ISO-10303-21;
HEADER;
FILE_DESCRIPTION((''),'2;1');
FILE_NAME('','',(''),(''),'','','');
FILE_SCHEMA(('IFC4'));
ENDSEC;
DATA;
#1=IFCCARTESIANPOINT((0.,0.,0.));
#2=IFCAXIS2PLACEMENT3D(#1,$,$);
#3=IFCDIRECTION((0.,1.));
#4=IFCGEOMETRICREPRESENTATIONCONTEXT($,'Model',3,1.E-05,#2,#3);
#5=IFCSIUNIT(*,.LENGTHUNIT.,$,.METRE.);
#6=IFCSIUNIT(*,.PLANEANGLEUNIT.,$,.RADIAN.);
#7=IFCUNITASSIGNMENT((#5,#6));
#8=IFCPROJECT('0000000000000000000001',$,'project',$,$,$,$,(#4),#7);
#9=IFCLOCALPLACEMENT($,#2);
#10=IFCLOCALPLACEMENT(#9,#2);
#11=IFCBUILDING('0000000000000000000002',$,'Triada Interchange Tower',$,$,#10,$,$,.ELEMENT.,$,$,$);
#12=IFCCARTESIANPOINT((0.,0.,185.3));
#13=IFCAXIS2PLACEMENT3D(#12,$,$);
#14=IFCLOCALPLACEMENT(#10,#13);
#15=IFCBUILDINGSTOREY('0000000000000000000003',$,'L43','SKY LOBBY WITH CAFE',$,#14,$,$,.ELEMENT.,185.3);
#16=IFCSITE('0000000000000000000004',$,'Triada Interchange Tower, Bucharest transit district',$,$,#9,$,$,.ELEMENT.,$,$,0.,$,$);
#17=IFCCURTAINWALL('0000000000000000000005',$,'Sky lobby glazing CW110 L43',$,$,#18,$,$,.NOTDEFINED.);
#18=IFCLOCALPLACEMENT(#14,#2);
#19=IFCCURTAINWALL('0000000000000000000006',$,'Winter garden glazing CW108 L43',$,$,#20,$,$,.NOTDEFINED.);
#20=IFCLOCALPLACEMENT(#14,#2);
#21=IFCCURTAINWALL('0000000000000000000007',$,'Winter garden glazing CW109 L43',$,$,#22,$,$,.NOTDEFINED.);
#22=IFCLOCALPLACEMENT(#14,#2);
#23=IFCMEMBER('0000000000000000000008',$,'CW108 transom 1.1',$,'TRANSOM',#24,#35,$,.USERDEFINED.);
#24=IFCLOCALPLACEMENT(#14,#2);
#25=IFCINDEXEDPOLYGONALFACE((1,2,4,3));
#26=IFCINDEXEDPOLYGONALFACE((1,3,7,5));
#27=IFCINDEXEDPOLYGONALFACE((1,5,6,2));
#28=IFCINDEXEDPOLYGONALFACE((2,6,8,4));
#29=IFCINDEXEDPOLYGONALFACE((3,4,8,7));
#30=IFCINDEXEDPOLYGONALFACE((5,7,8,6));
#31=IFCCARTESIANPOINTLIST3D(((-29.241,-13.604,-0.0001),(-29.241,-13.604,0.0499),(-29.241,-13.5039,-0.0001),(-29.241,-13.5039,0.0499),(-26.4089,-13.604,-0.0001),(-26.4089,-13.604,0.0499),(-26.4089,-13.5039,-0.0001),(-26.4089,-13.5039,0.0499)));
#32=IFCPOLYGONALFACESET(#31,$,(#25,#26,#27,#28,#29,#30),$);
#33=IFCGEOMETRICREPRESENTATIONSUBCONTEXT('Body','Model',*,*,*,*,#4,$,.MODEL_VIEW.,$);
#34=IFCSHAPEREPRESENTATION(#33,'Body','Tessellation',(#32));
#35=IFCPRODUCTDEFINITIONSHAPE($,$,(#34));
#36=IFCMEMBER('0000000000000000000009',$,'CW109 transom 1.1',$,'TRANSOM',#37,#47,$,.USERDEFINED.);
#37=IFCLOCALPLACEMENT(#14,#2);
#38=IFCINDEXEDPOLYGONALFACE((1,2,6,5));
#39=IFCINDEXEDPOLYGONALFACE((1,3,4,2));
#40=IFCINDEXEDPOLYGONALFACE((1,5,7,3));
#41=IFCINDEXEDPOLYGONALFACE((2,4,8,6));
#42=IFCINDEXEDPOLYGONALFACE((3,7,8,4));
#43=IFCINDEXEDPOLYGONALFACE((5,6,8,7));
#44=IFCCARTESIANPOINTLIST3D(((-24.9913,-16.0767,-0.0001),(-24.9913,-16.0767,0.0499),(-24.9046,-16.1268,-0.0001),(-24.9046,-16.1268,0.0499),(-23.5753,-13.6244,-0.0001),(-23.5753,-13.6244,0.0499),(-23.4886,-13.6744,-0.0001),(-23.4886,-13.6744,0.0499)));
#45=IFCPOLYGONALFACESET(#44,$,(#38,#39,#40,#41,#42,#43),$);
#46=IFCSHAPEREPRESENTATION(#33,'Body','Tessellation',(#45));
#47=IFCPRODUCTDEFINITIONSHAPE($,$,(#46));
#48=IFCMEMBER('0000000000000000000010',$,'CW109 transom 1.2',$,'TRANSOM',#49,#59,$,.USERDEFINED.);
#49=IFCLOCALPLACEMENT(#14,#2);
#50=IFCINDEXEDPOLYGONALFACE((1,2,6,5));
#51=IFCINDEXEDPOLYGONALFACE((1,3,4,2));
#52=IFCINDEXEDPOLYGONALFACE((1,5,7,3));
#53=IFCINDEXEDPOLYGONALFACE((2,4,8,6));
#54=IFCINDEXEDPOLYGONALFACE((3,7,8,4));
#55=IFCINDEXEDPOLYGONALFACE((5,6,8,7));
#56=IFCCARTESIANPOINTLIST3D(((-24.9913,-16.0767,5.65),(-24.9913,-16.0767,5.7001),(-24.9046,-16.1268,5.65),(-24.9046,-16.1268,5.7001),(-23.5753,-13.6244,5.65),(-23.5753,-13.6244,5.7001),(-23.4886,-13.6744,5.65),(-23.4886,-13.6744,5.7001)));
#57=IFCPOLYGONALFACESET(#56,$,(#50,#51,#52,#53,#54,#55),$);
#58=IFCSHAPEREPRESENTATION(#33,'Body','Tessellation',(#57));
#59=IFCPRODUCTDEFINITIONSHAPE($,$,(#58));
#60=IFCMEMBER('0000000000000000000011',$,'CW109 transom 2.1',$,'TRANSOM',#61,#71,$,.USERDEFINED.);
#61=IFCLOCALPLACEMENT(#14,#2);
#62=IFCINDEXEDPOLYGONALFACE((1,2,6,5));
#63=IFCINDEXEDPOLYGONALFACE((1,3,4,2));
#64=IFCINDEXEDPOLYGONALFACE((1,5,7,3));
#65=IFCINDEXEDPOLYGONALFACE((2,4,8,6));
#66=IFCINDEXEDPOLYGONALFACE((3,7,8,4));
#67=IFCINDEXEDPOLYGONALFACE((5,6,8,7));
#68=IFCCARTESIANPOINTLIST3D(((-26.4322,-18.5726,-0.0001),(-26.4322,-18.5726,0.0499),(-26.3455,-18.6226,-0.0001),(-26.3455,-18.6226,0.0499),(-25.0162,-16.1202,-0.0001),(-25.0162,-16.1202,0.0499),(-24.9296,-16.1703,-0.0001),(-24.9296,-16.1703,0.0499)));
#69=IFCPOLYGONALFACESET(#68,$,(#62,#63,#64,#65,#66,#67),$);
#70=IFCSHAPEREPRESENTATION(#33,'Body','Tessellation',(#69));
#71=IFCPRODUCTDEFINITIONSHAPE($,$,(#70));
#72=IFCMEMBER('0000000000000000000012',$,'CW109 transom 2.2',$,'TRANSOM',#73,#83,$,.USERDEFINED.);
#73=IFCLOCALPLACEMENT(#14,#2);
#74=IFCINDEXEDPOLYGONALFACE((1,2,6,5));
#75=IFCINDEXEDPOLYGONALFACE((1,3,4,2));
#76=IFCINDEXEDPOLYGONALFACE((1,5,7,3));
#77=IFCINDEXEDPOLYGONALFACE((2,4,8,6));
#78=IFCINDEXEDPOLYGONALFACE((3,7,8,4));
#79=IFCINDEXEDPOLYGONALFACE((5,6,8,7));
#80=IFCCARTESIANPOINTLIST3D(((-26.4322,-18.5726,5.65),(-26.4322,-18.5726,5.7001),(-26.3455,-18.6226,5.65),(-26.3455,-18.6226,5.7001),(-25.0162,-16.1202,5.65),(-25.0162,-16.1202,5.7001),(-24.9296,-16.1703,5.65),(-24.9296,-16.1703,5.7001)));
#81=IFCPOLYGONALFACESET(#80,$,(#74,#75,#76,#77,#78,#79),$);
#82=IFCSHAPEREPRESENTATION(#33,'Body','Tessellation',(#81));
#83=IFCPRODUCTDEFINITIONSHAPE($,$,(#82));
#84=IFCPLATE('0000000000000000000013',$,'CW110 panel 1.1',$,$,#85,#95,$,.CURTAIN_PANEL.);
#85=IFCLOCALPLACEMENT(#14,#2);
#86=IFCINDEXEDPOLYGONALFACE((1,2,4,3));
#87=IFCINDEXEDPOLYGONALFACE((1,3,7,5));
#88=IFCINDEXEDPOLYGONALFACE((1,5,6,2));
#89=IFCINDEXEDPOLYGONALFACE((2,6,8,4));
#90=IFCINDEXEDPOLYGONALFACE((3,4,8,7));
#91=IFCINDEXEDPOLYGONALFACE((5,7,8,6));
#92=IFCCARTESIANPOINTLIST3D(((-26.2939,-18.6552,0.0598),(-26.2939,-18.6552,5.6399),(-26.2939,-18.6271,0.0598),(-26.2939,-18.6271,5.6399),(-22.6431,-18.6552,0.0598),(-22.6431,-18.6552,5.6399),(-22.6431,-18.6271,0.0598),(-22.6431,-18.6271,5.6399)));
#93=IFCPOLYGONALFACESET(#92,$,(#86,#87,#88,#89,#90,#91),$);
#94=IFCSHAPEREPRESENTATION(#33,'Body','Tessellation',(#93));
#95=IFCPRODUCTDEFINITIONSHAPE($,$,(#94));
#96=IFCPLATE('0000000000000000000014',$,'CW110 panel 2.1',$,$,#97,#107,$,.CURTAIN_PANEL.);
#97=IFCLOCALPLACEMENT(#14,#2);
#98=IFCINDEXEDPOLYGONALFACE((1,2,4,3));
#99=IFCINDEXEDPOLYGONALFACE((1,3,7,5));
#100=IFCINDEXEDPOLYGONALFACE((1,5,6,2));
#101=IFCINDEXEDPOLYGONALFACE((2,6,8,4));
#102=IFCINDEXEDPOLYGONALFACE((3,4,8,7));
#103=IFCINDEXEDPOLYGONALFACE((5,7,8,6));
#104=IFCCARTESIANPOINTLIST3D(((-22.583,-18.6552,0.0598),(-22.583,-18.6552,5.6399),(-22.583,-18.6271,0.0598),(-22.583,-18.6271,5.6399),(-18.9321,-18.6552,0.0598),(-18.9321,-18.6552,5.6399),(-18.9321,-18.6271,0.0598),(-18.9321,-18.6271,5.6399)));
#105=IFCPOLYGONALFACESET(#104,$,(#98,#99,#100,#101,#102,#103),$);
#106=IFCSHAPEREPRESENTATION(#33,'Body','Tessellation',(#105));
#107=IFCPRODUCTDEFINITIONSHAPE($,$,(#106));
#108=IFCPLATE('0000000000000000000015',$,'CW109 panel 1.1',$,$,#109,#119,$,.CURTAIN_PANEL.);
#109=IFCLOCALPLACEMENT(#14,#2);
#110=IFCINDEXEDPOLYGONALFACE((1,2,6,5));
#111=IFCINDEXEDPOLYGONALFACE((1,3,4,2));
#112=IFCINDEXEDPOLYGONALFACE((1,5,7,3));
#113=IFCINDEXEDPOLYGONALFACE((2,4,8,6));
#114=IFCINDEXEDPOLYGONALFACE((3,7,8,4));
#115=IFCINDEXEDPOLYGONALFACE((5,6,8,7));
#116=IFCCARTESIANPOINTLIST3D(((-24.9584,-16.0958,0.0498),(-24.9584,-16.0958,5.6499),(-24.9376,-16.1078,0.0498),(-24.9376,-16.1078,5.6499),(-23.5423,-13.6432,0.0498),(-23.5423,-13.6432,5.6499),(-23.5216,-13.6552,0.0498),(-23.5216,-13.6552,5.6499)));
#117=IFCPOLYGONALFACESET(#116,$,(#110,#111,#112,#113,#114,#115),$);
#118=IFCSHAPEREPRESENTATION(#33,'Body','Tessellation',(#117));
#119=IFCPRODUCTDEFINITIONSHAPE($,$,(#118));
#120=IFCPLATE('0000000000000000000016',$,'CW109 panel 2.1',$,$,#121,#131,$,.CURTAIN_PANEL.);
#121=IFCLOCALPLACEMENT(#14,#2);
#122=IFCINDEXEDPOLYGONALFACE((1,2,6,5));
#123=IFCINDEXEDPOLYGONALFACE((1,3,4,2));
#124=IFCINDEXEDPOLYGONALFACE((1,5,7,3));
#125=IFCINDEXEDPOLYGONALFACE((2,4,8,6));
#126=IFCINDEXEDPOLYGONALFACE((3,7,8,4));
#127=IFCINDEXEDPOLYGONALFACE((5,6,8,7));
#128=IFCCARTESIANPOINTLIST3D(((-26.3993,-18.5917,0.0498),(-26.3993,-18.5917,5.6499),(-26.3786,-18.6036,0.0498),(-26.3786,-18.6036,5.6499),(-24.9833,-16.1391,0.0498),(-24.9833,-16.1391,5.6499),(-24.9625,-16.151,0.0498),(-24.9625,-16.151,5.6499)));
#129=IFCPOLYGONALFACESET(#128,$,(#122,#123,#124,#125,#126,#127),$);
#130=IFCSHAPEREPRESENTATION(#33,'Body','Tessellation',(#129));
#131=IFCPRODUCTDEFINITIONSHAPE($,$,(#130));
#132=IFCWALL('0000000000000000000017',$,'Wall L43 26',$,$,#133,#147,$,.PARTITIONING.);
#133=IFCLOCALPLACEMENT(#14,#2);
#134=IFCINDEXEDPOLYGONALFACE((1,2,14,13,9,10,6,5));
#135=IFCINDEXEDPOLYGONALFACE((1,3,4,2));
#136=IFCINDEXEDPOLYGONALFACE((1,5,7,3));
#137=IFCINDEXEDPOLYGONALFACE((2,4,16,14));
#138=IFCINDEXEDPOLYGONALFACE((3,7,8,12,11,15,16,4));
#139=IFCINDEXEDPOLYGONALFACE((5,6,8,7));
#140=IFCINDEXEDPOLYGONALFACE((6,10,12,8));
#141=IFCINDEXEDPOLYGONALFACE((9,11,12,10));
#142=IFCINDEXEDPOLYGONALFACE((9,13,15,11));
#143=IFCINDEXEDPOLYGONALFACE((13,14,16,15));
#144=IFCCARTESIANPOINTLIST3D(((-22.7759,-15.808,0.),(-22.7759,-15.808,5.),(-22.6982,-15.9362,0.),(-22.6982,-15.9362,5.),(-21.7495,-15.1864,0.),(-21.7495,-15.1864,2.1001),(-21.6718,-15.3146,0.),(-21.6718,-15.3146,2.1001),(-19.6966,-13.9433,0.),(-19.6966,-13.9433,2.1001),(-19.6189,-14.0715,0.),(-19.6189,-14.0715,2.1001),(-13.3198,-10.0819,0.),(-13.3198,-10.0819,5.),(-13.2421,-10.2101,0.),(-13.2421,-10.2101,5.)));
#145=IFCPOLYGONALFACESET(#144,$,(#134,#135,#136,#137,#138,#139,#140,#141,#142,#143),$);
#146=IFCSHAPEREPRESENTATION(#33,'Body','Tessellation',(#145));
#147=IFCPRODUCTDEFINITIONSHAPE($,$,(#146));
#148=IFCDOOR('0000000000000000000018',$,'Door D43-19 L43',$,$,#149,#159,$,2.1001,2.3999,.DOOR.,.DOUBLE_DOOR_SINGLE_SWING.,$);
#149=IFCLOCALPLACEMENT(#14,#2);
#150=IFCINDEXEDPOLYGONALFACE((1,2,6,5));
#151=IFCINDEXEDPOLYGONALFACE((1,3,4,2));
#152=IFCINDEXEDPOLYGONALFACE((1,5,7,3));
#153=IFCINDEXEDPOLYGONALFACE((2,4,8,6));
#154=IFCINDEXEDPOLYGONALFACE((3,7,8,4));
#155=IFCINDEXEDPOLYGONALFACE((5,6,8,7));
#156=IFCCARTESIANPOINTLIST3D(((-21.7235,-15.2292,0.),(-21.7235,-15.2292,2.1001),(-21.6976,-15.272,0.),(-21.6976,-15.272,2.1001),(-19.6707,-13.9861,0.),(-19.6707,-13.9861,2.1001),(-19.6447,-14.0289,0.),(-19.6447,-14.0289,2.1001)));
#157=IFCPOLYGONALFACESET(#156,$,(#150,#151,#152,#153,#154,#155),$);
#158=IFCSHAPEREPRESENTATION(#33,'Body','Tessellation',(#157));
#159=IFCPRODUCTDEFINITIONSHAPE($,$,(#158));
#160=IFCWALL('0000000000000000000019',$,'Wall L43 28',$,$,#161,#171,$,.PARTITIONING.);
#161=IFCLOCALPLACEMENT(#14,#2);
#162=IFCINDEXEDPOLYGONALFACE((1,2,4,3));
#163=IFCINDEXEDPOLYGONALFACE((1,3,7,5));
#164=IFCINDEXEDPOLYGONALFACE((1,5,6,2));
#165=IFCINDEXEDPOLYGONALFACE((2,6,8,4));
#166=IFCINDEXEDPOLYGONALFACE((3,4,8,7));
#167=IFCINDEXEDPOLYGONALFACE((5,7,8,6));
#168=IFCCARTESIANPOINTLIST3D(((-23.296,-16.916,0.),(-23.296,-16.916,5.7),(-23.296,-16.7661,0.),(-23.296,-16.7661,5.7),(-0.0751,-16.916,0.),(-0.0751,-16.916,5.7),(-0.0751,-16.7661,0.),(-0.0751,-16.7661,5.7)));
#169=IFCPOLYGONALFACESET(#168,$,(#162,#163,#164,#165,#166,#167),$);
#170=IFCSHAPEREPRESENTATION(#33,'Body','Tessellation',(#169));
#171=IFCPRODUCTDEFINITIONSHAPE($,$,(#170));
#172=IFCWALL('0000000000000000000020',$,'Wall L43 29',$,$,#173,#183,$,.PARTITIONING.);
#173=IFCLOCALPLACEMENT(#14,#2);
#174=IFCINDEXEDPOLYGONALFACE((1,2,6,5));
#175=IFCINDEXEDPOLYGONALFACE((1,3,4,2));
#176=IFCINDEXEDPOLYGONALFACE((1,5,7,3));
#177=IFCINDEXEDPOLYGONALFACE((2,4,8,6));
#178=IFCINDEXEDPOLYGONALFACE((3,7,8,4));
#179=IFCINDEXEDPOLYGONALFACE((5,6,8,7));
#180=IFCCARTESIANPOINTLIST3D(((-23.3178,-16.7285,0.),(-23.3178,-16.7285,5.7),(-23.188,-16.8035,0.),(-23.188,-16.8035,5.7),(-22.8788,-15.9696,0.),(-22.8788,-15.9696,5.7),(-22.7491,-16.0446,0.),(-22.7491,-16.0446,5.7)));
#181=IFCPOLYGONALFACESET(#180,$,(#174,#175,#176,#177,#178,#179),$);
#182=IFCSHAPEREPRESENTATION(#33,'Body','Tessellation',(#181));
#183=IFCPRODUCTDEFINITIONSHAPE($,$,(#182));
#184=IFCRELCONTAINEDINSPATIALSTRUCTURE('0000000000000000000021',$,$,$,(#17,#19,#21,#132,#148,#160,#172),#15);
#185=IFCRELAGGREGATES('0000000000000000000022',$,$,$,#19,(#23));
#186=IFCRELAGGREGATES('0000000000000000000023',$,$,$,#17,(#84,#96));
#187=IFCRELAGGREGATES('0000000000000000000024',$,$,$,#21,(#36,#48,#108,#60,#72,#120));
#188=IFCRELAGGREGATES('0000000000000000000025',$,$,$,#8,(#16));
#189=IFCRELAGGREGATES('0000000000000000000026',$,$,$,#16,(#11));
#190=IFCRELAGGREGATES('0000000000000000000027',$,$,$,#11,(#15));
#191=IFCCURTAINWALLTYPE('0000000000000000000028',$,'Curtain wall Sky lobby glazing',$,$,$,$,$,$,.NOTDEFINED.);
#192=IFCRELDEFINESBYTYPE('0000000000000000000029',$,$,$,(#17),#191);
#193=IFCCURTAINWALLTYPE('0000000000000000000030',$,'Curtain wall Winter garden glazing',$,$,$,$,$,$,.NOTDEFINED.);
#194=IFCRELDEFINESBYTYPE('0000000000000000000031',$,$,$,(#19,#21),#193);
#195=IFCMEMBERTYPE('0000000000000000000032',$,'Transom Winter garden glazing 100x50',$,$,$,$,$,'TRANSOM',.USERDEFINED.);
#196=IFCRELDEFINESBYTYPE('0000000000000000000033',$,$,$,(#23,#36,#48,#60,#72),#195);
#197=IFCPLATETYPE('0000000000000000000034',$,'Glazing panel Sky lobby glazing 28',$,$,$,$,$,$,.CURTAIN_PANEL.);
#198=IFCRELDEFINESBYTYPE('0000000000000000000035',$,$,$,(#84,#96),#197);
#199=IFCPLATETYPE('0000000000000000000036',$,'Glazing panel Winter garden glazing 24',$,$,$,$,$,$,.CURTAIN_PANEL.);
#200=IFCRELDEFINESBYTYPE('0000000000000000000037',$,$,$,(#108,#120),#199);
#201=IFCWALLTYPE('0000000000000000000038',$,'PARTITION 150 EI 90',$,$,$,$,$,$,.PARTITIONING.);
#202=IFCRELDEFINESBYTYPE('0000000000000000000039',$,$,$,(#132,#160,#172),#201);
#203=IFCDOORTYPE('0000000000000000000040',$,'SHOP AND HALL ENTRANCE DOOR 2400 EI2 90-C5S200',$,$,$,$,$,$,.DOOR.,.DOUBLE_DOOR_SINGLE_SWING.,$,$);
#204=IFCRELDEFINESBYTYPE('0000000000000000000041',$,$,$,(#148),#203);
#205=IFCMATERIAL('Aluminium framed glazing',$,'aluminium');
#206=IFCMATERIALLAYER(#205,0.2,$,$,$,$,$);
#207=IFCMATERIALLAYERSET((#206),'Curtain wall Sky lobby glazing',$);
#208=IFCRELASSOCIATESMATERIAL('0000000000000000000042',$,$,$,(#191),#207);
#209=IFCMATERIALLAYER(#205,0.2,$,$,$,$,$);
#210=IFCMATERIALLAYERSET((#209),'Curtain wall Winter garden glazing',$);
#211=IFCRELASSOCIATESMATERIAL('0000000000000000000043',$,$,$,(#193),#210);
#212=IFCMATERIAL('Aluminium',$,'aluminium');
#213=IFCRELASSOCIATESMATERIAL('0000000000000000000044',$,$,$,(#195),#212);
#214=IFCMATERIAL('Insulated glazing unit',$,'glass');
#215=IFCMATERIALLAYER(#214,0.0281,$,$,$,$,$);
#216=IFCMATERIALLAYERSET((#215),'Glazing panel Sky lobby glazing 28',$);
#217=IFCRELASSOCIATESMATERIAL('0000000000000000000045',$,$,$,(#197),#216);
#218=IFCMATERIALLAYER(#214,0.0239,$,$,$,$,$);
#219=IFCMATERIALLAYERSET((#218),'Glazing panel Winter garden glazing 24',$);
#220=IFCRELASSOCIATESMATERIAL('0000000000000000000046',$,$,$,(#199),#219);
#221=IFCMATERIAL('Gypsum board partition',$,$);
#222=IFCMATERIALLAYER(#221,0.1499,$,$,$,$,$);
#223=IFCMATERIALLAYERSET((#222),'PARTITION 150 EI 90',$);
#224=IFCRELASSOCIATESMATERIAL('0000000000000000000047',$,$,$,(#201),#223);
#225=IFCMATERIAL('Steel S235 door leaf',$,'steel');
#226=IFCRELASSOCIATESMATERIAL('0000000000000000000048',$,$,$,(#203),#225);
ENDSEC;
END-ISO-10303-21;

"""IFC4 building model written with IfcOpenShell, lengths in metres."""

from ifc_helpers import new_model, si_unit, direction, frame, frame_2d, origin, origin_2d, place, context, subcontext, project, spatial, rectangle, extrude, material, layer, layer_set, material_profile, profile_set, type_object, element, fill, aggregate, save


model = new_model("IFC4")

# Units and contexts
model_context = context("Model", 3, precision=1e-05, world=origin(), true_north=direction((0.0, 1.0)))
body_context = subcontext(model_context, "Body", "Model", "MODEL_VIEW")
ifc_project = project(units=[si_unit("LENGTHUNIT", "METRE"), si_unit("PLANEANGLEUNIT", "RADIAN")], contexts=[model_context])

# Site, building, storey
site_placement = place(None, origin())
site = spatial("IfcSite", under=ifc_project, at=site_placement, Name="Triada Interchange Tower, Bucharest transit district", CompositionType="ELEMENT", RefElevation=0.0)
building_placement = place(site_placement, origin())
building = spatial("IfcBuilding", under=site, at=building_placement, Name="Triada Interchange Tower", CompositionType="ELEMENT")
storey_placement = place(building_placement, frame((0.0, 0.0, 185.3)))
storey = spatial("IfcBuildingStorey", under=building, at=storey_placement, Name="L43", Description="SKY LOBBY WITH CAFE", CompositionType="ELEMENT", Elevation=185.3)

# Curtain wall
ifc_material_1 = material(Name="Aluminium framed glazing", Category="aluminium")
ifc_layer_1 = layer(ifc_material_1, 0.2)
ifc_layer_set_1 = layer_set([ifc_layer_1], Name="Curtain wall Sky lobby glazing")
curtain_wall_type_1 = type_object("IfcCurtainWallType", Name="Curtain wall Sky lobby glazing", PredefinedType="NOTDEFINED", material=ifc_layer_set_1)
curtain_wall_1_placement = place(storey_placement, origin())
curtain_wall_1 = element("IfcCurtainWall", 1, at=curtain_wall_1_placement, inside=storey, type_object=curtain_wall_type_1, Name="Sky lobby glazing CW110 L43", PredefinedType="NOTDEFINED")
ifc_material_2 = material(Name="Aluminium", Category="aluminium")

# Curtain wall
ifc_layer_2 = layer(ifc_material_1, 0.2)
ifc_layer_set_2 = layer_set([ifc_layer_2], Name="Curtain wall Winter garden glazing")
curtain_wall_type_2 = type_object("IfcCurtainWallType", Name="Curtain wall Winter garden glazing", PredefinedType="NOTDEFINED", material=ifc_layer_set_2)
curtain_wall_2_placement = place(storey_placement, origin())
curtain_wall_2 = element("IfcCurtainWall", 2, at=curtain_wall_2_placement, inside=storey, type_object=curtain_wall_type_2, Name="Winter garden glazing CW108 L43", PredefinedType="NOTDEFINED")

# Curtain wall
curtain_wall_3_placement = place(storey_placement, origin())
curtain_wall_3 = element("IfcCurtainWall", 3, at=curtain_wall_3_placement, inside=storey, type_object=curtain_wall_type_2, Name="Winter garden glazing CW109 L43", PredefinedType="NOTDEFINED")

# Members
ifc_material_profile_1 = material_profile(ifc_material_2, rectangle(XDim=0.1001, YDim=0.05, at=origin_2d()), Name="Aluminium transom")
ifc_profile_set_1 = profile_set([ifc_material_profile_1], Name="Aluminium")
member_type_1 = type_object("IfcMemberType", Name="Transom Winter garden glazing 100x50", ElementType="TRANSOM", PredefinedType="USERDEFINED", material=ifc_profile_set_1)
member_1_placement = place(storey_placement, frame((-29.241, -13.554, 0.0249), z_axis=(1.0, 0.0, 0.0), x_axis=(0.0, 1.0, 0.0)))
member_1 = element("IfcMember", 4, at=member_1_placement, type_object=member_type_1, Name="CW108 transom 1.1", ObjectType="TRANSOM", PredefinedType="USERDEFINED", context=body_context, shape_type="SweptSolid", body=[
    extrude(rectangle(XDim=0.1001, YDim=0.05, at=origin_2d()), origin(), (0.0, 0.0, 1.0), 2.832),
])
aggregate(curtain_wall_2, [member_1])
member_2_placement = place(storey_placement, frame((-23.532, -13.6494, 0.0249), z_axis=(-0.500033, -0.866006, 0.0), x_axis=(0.866006, -0.500033, 0.0)))
member_2 = element("IfcMember", 5, at=member_2_placement, type_object=member_type_1, Name="CW109 transom 1.1", ObjectType="TRANSOM", PredefinedType="USERDEFINED", context=body_context, shape_type="SweptSolid", body=[
    extrude(rectangle(XDim=0.1001, YDim=0.05, at=origin_2d()), origin(), (0.0, 0.0, 1.0), 2.8318),
])
member_3_placement = place(storey_placement, frame((-23.532, -13.6494, 5.675), z_axis=(-0.500033, -0.866006, 0.0), x_axis=(0.866006, -0.500033, 0.0)))
member_3 = element("IfcMember", 6, at=member_3_placement, type_object=member_type_1, Name="CW109 transom 1.2", ObjectType="TRANSOM", PredefinedType="USERDEFINED", context=body_context, shape_type="SweptSolid", body=[
    extrude(rectangle(XDim=0.1001, YDim=0.05, at=origin_2d()), origin(), (0.0, 0.0, 1.0), 2.8318),
])
member_4_placement = place(storey_placement, frame((-24.9729, -16.1453, 0.0249), z_axis=(-0.500033, -0.866006, 0.0), x_axis=(0.866006, -0.500033, 0.0)))
member_4 = element("IfcMember", 7, at=member_4_placement, type_object=member_type_1, Name="CW109 transom 2.1", ObjectType="TRANSOM", PredefinedType="USERDEFINED", context=body_context, shape_type="SweptSolid", body=[
    extrude(rectangle(XDim=0.1001, YDim=0.05, at=origin_2d()), origin(), (0.0, 0.0, 1.0), 2.8318),
])
member_5_placement = place(storey_placement, frame((-24.9729, -16.1453, 5.675), z_axis=(-0.500033, -0.866006, 0.0), x_axis=(0.866006, -0.500033, 0.0)))
member_5 = element("IfcMember", 8, at=member_5_placement, type_object=member_type_1, Name="CW109 transom 2.2", ObjectType="TRANSOM", PredefinedType="USERDEFINED", context=body_context, shape_type="SweptSolid", body=[
    extrude(rectangle(XDim=0.1001, YDim=0.05, at=origin_2d()), origin(), (0.0, 0.0, 1.0), 2.8318),
])

# Plates
ifc_material_3 = material(Name="Insulated glazing unit", Category="glass")
ifc_layer_3 = layer(ifc_material_3, 0.0281)
ifc_layer_set_3 = layer_set([ifc_layer_3], Name="Glazing panel Sky lobby glazing 28")
plate_type_1 = type_object("IfcPlateType", Name="Glazing panel Sky lobby glazing 28", PredefinedType="CURTAIN_PANEL", material=ifc_layer_set_3)
plate_1_placement = place(storey_placement, frame((-24.4685, -18.6411, 0.0598), z_axis=(0.0, 0.0, 1.0), x_axis=(1.0, 0.0, 0.0)))
plate_1 = element("IfcPlate", 9, at=plate_1_placement, type_object=plate_type_1, Name="CW110 panel 1.1", PredefinedType="CURTAIN_PANEL", context=body_context, shape_type="SweptSolid", body=[
    extrude(rectangle(XDim=3.6509, YDim=0.0281, at=origin_2d()), origin(), (0.0, 0.0, 1.0), 5.5801),
])
plate_2_placement = place(storey_placement, frame((-20.7576, -18.6411, 0.0598), z_axis=(0.0, 0.0, 1.0), x_axis=(1.0, 0.0, 0.0)))
plate_2 = element("IfcPlate", 10, at=plate_2_placement, type_object=plate_type_1, Name="CW110 panel 2.1", PredefinedType="CURTAIN_PANEL", context=body_context, shape_type="SweptSolid", body=[
    extrude(rectangle(XDim=3.6509, YDim=0.0281, at=origin_2d()), origin(), (0.0, 0.0, 1.0), 5.5801),
])
aggregate(curtain_wall_1, [plate_1, plate_2])
ifc_layer_4 = layer(ifc_material_3, 0.0239)
ifc_layer_set_4 = layer_set([ifc_layer_4], Name="Glazing panel Winter garden glazing 24")
plate_type_2 = type_object("IfcPlateType", Name="Glazing panel Winter garden glazing 24", PredefinedType="CURTAIN_PANEL", material=ifc_layer_set_4)
plate_3_placement = place(storey_placement, frame((-24.24, -14.8755, 0.0498), z_axis=(0.0, 0.0, 1.0), x_axis=(-0.500005, -0.866022, 0.0)))
plate_3 = element("IfcPlate", 11, at=plate_3_placement, type_object=plate_type_2, Name="CW109 panel 1.1", PredefinedType="CURTAIN_PANEL", context=body_context, shape_type="SweptSolid", body=[
    extrude(rectangle(XDim=2.832, YDim=0.0239, at=origin_2d()), origin(), (0.0, 0.0, 1.0), 5.6001),
])
plate_4_placement = place(storey_placement, frame((-25.6809, -17.3713, 0.0498), z_axis=(0.0, 0.0, 1.0), x_axis=(-0.500005, -0.866022, 0.0)))
plate_4 = element("IfcPlate", 12, at=plate_4_placement, type_object=plate_type_2, Name="CW109 panel 2.1", PredefinedType="CURTAIN_PANEL", context=body_context, shape_type="SweptSolid", body=[
    extrude(rectangle(XDim=2.832, YDim=0.0239, at=origin_2d()), origin(), (0.0, 0.0, 1.0), 5.6001),
])
aggregate(curtain_wall_3, [member_2, member_3, plate_3, member_4, member_5, plate_4])

# Wall, opening, door
ifc_material_4 = material(Name="Gypsum board partition")
ifc_layer_5 = layer(ifc_material_4, 0.1499)
ifc_layer_set_5 = layer_set([ifc_layer_5], Name="PARTITION 150 EI 90")
wall_type = type_object("IfcWallType", Name="PARTITION 150 EI 90", PredefinedType="PARTITIONING", material=ifc_layer_set_5)
wall_1_placement = place(storey_placement, frame((-22.7371, -15.8721, 0.0), z_axis=(0.0, 0.0, 1.0), x_axis=(0.855393, 0.51798, 0.0)))
wall_1 = element("IfcWall", 13, at=wall_1_placement, inside=storey, type_object=wall_type, Name="Wall L43 26", PredefinedType="PARTITIONING", context=body_context, shape_type="SweptSolid", body=[
    extrude(rectangle(XDim=11.0547, YDim=0.1499, at=frame_2d((5.5273, 0.0))), origin(), (0.0, 0.0, 1.0), 5.0),
])
opening_placement = place(wall_1_placement, frame((1.2, 0.0, 0.0)))
opening = element("IfcOpeningElement", 14, at=opening_placement, cuts=wall_1, PredefinedType="OPENING", context=body_context, shape_type="SweptSolid", body=[
    extrude(rectangle(XDim=2.3999, YDim=2.1001, at=frame_2d((1.2, 1.05))), frame((0.0, 0.085, 0.0), z_axis=(0.0, -1.0, 0.0), x_axis=(1.0, 0.0, 0.0)), (0.0, 0.0, 1.0), 0.1699),
])
ifc_material_5 = material(Name="Steel S235 door leaf", Category="steel")
door_type = type_object("IfcDoorType", Name="SHOP AND HALL ENTRANCE DOOR 2400 EI2 90-C5S200", OperationType="DOUBLE_DOOR_SINGLE_SWING", PredefinedType="DOOR", material=ifc_material_5)
door_placement = place(opening_placement, origin())
door = element("IfcDoor", 15, at=door_placement, inside=storey, type_object=door_type, Name="Door D43-19 L43", OperationType="DOUBLE_DOOR_SINGLE_SWING", OverallHeight=2.1001, OverallWidth=2.3999, PredefinedType="DOOR", context=body_context, shape_type="SweptSolid", body=[
    extrude(rectangle(XDim=2.3999, YDim=2.1001, at=frame_2d((1.2, 1.05))), frame((0.0, 0.0249, 0.0), z_axis=(0.0, -1.0, 0.0), x_axis=(1.0, 0.0, 0.0)), (0.0, 0.0, 1.0), 0.05),
])
fill(opening, door)

# Walls
wall_2_placement = place(storey_placement, frame((-23.2959, -16.8411, 0.0), z_axis=(0.0, 0.0, 1.0), x_axis=(1.0, 0.0, 0.0)))
element("IfcWall", 16, at=wall_2_placement, inside=storey, type_object=wall_type, Name="Wall L43 28", PredefinedType="PARTITIONING", context=body_context, shape_type="SweptSolid", body=[
    extrude(rectangle(XDim=23.2209, YDim=0.1499, at=frame_2d((11.6104, 0.0))), origin(), (0.0, 0.0, 1.0), 5.7),
])
wall_3_placement = place(storey_placement, frame((-23.2529, -16.7661, 0.0), z_axis=(0.0, 0.0, 1.0), x_axis=(0.50063, 0.865661, 0.0)))
element("IfcWall", 17, at=wall_3_placement, inside=storey, type_object=wall_type, Name="Wall L43 29", PredefinedType="PARTITIONING", context=body_context, shape_type="SweptSolid", body=[
    extrude(rectangle(XDim=0.8767, YDim=0.1499, at=frame_2d((0.4385, 0.0))), origin(), (0.0, 0.0, 1.0), 5.7),
])

save(model, "model.ifc")
